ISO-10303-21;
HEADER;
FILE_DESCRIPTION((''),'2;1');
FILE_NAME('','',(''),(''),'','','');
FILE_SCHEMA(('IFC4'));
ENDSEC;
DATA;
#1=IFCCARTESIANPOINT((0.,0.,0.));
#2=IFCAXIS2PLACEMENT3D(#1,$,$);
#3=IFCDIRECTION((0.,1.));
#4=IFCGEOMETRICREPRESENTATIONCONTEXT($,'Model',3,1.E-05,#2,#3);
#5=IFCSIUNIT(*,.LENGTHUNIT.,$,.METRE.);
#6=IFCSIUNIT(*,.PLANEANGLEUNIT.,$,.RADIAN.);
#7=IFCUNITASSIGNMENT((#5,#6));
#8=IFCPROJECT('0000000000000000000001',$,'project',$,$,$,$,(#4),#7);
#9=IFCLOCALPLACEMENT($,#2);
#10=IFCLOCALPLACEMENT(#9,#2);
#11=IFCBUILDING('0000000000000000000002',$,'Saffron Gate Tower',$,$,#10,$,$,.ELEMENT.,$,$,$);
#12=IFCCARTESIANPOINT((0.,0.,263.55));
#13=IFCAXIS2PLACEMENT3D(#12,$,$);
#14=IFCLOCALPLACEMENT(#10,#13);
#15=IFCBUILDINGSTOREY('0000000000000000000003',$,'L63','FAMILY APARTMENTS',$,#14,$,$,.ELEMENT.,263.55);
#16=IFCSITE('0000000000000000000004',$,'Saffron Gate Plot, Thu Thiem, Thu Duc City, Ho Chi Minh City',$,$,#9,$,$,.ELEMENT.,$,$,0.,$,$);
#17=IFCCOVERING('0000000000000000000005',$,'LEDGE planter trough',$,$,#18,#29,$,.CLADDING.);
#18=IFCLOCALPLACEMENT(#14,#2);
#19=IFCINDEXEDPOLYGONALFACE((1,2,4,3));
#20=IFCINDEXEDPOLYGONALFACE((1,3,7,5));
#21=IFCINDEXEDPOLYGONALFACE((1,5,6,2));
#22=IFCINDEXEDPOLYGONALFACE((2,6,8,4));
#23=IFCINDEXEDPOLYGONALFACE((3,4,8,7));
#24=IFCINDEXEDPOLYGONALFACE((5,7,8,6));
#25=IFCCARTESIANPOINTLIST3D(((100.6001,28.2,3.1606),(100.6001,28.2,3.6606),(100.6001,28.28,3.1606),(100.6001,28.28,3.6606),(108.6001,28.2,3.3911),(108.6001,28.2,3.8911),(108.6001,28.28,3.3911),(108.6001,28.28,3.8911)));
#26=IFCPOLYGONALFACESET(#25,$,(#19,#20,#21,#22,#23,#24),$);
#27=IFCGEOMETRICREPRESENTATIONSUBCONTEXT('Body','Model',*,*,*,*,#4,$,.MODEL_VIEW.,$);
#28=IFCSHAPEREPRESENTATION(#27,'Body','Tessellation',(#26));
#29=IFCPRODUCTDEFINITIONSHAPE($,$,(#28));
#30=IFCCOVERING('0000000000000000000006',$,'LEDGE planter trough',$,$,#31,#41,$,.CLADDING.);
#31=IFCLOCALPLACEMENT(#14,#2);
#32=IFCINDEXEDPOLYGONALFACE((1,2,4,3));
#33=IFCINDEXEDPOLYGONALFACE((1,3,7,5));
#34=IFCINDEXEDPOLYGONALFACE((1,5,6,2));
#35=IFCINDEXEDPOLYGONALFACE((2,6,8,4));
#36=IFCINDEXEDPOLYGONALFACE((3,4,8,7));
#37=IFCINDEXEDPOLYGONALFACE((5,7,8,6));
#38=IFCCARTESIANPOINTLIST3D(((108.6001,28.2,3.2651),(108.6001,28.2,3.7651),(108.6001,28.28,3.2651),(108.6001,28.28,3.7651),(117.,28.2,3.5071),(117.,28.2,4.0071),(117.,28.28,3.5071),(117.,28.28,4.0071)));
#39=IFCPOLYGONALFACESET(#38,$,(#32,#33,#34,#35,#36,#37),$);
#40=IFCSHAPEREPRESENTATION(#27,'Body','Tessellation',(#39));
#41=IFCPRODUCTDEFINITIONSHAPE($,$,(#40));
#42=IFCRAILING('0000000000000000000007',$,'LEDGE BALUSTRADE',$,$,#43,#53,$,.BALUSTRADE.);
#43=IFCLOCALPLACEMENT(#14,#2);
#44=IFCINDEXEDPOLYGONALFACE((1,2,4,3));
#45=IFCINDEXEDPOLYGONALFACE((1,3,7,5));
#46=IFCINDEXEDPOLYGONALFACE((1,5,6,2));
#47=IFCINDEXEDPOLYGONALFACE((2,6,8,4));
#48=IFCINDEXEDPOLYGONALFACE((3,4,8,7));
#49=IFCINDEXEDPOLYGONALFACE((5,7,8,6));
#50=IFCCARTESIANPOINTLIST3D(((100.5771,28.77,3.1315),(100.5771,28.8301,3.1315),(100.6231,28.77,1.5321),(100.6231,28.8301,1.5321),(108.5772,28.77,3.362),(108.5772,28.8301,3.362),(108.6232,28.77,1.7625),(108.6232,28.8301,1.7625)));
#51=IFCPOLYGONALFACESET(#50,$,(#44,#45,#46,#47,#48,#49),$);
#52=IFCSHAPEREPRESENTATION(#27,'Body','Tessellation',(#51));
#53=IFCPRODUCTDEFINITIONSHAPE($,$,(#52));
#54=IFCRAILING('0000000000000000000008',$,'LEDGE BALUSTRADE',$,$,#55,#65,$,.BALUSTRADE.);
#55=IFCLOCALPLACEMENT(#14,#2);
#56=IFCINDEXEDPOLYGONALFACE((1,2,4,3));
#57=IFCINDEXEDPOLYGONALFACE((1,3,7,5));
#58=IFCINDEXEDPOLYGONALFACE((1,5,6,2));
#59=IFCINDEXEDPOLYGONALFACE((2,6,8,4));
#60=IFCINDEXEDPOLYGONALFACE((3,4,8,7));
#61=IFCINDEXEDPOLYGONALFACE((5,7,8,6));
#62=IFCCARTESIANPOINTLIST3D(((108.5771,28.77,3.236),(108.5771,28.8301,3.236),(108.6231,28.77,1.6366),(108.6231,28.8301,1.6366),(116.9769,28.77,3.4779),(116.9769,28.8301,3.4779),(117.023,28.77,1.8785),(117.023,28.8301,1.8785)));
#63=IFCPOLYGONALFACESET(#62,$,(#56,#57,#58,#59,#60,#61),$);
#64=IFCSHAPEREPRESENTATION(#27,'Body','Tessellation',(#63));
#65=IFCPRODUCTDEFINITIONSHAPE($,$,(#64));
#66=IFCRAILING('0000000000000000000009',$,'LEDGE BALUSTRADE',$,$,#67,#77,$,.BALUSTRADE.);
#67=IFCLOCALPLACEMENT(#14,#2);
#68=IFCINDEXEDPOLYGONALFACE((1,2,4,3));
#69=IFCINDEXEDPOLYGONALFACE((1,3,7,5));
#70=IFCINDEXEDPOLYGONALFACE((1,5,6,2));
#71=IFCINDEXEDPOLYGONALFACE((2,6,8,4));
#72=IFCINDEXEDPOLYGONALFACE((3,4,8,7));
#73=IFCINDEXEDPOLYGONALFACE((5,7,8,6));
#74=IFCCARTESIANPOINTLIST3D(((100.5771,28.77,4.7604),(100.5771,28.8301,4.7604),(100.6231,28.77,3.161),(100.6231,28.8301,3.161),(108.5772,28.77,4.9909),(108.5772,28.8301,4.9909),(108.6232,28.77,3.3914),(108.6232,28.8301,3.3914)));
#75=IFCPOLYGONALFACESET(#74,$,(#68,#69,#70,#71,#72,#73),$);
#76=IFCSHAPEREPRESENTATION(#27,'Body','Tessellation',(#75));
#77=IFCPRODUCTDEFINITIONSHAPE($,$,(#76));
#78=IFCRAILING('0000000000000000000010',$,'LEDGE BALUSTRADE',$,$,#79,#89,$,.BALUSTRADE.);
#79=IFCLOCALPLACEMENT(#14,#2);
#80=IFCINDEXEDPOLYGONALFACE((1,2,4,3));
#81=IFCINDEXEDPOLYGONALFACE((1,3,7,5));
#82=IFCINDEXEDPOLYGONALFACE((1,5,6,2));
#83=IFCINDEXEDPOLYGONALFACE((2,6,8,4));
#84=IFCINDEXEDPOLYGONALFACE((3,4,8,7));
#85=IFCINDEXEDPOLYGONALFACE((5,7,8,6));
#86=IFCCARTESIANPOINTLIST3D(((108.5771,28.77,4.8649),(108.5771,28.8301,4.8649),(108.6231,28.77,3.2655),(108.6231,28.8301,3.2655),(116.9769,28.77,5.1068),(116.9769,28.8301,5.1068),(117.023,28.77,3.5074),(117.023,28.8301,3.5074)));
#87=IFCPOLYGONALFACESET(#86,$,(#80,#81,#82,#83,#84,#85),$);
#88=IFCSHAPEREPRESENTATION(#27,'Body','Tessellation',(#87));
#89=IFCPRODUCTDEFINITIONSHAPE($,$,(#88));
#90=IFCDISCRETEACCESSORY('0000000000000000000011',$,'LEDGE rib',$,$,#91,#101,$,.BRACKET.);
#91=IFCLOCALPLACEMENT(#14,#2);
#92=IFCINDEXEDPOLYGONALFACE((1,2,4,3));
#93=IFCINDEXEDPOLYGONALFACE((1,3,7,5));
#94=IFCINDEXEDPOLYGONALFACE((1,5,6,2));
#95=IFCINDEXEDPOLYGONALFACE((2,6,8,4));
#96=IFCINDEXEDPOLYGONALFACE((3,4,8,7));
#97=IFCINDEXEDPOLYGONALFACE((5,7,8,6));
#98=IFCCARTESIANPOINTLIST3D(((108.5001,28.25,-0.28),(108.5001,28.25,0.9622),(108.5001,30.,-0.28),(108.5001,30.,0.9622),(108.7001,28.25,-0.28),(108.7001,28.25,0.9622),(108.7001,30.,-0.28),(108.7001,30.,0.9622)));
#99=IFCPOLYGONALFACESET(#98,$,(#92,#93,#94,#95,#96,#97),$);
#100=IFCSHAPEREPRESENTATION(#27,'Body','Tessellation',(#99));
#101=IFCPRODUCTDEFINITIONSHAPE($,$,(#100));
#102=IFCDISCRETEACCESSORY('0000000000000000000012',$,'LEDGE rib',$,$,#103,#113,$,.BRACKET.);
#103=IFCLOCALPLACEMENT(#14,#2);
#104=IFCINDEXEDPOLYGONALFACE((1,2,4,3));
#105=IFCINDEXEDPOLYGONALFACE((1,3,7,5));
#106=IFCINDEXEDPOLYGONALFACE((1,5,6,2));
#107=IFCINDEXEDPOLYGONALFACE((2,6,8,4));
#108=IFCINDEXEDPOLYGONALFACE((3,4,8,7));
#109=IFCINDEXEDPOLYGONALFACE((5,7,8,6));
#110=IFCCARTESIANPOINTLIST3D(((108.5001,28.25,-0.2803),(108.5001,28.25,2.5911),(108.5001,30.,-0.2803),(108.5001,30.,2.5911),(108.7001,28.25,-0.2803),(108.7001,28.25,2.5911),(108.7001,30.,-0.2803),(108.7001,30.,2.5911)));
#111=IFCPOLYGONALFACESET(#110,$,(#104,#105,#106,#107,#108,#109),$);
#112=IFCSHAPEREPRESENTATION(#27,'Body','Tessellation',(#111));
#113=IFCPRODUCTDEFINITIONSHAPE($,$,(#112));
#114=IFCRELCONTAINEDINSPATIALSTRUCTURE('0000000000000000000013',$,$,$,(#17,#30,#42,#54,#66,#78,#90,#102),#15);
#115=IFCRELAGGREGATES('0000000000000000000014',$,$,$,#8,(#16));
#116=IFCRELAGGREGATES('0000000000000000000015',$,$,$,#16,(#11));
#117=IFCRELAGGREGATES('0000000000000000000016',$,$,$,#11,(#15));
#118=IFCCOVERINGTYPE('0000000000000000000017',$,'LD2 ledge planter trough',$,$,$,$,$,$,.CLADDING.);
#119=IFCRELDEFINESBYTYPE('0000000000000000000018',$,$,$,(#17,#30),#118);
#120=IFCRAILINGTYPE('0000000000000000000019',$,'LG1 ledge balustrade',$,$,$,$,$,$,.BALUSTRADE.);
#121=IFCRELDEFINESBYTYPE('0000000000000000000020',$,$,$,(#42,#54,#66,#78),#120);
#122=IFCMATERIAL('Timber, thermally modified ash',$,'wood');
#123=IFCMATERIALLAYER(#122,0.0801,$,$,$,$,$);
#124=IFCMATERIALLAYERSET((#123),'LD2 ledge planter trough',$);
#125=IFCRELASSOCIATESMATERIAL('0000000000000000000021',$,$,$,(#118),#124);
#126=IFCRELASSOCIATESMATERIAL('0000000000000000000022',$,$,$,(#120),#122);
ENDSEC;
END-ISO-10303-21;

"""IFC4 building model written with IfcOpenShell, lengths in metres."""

from ifc_helpers import new_model, si_unit, direction, frame, origin, origin_2d, place, context, subcontext, project, spatial, polyline, rectangle, outline, extrude, material, layer, layer_set, type_object, element, save


model = new_model("IFC4")

# Units and contexts
model_context = context("Model", 3, precision=1e-05, world=origin(), true_north=direction((0.0, 1.0)))
body_context = subcontext(model_context, "Body", "Model", "MODEL_VIEW")
ifc_project = project(units=[si_unit("LENGTHUNIT", "METRE"), si_unit("PLANEANGLEUNIT", "RADIAN")], contexts=[model_context])

# Site, building, storey
site_placement = place(None, origin())
site = spatial("IfcSite", under=ifc_project, at=site_placement, Name="Saffron Gate Plot, Thu Thiem, Thu Duc City, Ho Chi Minh City", CompositionType="ELEMENT", RefElevation=0.0)
building_placement = place(site_placement, origin())
building = spatial("IfcBuilding", under=site, at=building_placement, Name="Saffron Gate Tower", CompositionType="ELEMENT")
storey_placement = place(building_placement, frame((0.0, 0.0, 263.55)))
storey = spatial("IfcBuildingStorey", under=building, at=storey_placement, Name="L63", Description="FAMILY APARTMENTS", CompositionType="ELEMENT", Elevation=263.55)

# Coverings
ifc_material_1 = material(Name="Timber, thermally modified ash", Category="wood")
ifc_layer_1 = layer(ifc_material_1, 0.0801)
ifc_layer_set_1 = layer_set([ifc_layer_1], Name="LD2 ledge planter trough")
covering_type_1 = type_object("IfcCoveringType", Name="LD2 ledge planter trough", PredefinedType="CLADDING", material=ifc_layer_set_1)
covering_1_placement = place(storey_placement, frame((100.6001, 28.2, 3.1606), z_axis=(0.0, -1.0, 0.0), x_axis=(0.999585, 0.0, 0.028797)))
element("IfcCovering", 1, at=covering_1_placement, inside=storey, type_object=covering_type_1, Name="LEDGE planter trough", PredefinedType="CLADDING", context=body_context, shape_type="SweptSolid", body=[
    extrude(outline(polyline([(0.0, 0.0), (8.0033, 0.0), (8.0177, 0.4998), (0.0144, 0.4998), (0.0, 0.0)])), origin(), (0.0, 0.0, -1.0), 0.0801),
])
covering_2_placement = place(storey_placement, frame((108.6001, 28.2, 3.2651), z_axis=(0.0, -1.0, 0.0), x_axis=(0.999585, 0.0, 0.028791)))
element("IfcCovering", 2, at=covering_2_placement, inside=storey, type_object=covering_type_1, Name="LEDGE planter trough", PredefinedType="CLADDING", context=body_context, shape_type="SweptSolid", body=[
    extrude(outline(polyline([(0.0, 0.0), (8.4034, 0.0), (8.4178, 0.4998), (0.0144, 0.4998), (0.0, 0.0)])), origin(), (0.0, 0.0, -1.0), 0.0801),
])

# Railings
railing_type = type_object("IfcRailingType", Name="LG1 ledge balustrade", PredefinedType="BALUSTRADE", material=ifc_material_1)
railing_1_placement = place(storey_placement, frame((100.6001, 28.8, 1.5317)))
element("IfcRailing", 3, at=railing_1_placement, inside=storey, type_object=railing_type, Name="LEDGE BALUSTRADE", PredefinedType="BALUSTRADE", context=body_context, shape_type="SweptSolid", body=[
    extrude(rectangle(XDim=0.0601, YDim=1.6001, at=origin_2d()), frame((0.0, 0.0, 0.8), z_axis=(0.999585, 0.0, 0.028797), x_axis=(0.0, 1.0, 0.0)), (0.0, 0.0, 1.0), 8.0034),
])
railing_2_placement = place(storey_placement, frame((108.6001, 28.8, 1.6362)))
element("IfcRailing", 4, at=railing_2_placement, inside=storey, type_object=railing_type, Name="LEDGE BALUSTRADE", PredefinedType="BALUSTRADE", context=body_context, shape_type="SweptSolid", body=[
    extrude(rectangle(XDim=0.0601, YDim=1.6001, at=origin_2d()), frame((0.0, 0.0, 0.8), z_axis=(0.999585, 0.0, 0.028791), x_axis=(0.0, 1.0, 0.0)), (0.0, 0.0, 1.0), 8.4033),
])
railing_3_placement = place(storey_placement, frame((100.6001, 28.8, 3.1606)))
element("IfcRailing", 5, at=railing_3_placement, inside=storey, type_object=railing_type, Name="LEDGE BALUSTRADE", PredefinedType="BALUSTRADE", context=body_context, shape_type="SweptSolid", body=[
    extrude(rectangle(XDim=0.0601, YDim=1.6001, at=origin_2d()), frame((0.0, 0.0, 0.8), z_axis=(0.999585, 0.0, 0.028797), x_axis=(0.0, 1.0, 0.0)), (0.0, 0.0, 1.0), 8.0034),
])
railing_4_placement = place(storey_placement, frame((108.6001, 28.8, 3.2651)))
element("IfcRailing", 6, at=railing_4_placement, inside=storey, type_object=railing_type, Name="LEDGE BALUSTRADE", PredefinedType="BALUSTRADE", context=body_context, shape_type="SweptSolid", body=[
    extrude(rectangle(XDim=0.0601, YDim=1.6001, at=origin_2d()), frame((0.0, 0.0, 0.8), z_axis=(0.999585, 0.0, 0.028791), x_axis=(0.0, 1.0, 0.0)), (0.0, 0.0, 1.0), 8.4033),
])

# Discrete accessories
discrete_accessory_1_placement = place(storey_placement, frame((108.6001, 29.125, -0.28), z_axis=(0.0, 0.0, 1.0), x_axis=(1.0, 0.0, 0.0)))
element("IfcDiscreteAccessory", 7, at=discrete_accessory_1_placement, inside=storey, Name="LEDGE rib", PredefinedType="BRACKET", context=body_context, shape_type="SweptSolid", body=[
    extrude(rectangle(XDim=0.2, YDim=1.75, at=origin_2d()), origin(), (0.0, 0.0, 1.0), 1.2422),
])
discrete_accessory_2_placement = place(storey_placement, frame((108.6001, 29.125, -0.2803), z_axis=(0.0, 0.0, 1.0), x_axis=(1.0, 0.0, 0.0)))
element("IfcDiscreteAccessory", 8, at=discrete_accessory_2_placement, inside=storey, Name="LEDGE rib", PredefinedType="BRACKET", context=body_context, shape_type="SweptSolid", body=[
    extrude(rectangle(XDim=0.2, YDim=1.75, at=origin_2d()), origin(), (0.0, 0.0, 1.0), 2.8713),
])

save(model, "model.ifc")
